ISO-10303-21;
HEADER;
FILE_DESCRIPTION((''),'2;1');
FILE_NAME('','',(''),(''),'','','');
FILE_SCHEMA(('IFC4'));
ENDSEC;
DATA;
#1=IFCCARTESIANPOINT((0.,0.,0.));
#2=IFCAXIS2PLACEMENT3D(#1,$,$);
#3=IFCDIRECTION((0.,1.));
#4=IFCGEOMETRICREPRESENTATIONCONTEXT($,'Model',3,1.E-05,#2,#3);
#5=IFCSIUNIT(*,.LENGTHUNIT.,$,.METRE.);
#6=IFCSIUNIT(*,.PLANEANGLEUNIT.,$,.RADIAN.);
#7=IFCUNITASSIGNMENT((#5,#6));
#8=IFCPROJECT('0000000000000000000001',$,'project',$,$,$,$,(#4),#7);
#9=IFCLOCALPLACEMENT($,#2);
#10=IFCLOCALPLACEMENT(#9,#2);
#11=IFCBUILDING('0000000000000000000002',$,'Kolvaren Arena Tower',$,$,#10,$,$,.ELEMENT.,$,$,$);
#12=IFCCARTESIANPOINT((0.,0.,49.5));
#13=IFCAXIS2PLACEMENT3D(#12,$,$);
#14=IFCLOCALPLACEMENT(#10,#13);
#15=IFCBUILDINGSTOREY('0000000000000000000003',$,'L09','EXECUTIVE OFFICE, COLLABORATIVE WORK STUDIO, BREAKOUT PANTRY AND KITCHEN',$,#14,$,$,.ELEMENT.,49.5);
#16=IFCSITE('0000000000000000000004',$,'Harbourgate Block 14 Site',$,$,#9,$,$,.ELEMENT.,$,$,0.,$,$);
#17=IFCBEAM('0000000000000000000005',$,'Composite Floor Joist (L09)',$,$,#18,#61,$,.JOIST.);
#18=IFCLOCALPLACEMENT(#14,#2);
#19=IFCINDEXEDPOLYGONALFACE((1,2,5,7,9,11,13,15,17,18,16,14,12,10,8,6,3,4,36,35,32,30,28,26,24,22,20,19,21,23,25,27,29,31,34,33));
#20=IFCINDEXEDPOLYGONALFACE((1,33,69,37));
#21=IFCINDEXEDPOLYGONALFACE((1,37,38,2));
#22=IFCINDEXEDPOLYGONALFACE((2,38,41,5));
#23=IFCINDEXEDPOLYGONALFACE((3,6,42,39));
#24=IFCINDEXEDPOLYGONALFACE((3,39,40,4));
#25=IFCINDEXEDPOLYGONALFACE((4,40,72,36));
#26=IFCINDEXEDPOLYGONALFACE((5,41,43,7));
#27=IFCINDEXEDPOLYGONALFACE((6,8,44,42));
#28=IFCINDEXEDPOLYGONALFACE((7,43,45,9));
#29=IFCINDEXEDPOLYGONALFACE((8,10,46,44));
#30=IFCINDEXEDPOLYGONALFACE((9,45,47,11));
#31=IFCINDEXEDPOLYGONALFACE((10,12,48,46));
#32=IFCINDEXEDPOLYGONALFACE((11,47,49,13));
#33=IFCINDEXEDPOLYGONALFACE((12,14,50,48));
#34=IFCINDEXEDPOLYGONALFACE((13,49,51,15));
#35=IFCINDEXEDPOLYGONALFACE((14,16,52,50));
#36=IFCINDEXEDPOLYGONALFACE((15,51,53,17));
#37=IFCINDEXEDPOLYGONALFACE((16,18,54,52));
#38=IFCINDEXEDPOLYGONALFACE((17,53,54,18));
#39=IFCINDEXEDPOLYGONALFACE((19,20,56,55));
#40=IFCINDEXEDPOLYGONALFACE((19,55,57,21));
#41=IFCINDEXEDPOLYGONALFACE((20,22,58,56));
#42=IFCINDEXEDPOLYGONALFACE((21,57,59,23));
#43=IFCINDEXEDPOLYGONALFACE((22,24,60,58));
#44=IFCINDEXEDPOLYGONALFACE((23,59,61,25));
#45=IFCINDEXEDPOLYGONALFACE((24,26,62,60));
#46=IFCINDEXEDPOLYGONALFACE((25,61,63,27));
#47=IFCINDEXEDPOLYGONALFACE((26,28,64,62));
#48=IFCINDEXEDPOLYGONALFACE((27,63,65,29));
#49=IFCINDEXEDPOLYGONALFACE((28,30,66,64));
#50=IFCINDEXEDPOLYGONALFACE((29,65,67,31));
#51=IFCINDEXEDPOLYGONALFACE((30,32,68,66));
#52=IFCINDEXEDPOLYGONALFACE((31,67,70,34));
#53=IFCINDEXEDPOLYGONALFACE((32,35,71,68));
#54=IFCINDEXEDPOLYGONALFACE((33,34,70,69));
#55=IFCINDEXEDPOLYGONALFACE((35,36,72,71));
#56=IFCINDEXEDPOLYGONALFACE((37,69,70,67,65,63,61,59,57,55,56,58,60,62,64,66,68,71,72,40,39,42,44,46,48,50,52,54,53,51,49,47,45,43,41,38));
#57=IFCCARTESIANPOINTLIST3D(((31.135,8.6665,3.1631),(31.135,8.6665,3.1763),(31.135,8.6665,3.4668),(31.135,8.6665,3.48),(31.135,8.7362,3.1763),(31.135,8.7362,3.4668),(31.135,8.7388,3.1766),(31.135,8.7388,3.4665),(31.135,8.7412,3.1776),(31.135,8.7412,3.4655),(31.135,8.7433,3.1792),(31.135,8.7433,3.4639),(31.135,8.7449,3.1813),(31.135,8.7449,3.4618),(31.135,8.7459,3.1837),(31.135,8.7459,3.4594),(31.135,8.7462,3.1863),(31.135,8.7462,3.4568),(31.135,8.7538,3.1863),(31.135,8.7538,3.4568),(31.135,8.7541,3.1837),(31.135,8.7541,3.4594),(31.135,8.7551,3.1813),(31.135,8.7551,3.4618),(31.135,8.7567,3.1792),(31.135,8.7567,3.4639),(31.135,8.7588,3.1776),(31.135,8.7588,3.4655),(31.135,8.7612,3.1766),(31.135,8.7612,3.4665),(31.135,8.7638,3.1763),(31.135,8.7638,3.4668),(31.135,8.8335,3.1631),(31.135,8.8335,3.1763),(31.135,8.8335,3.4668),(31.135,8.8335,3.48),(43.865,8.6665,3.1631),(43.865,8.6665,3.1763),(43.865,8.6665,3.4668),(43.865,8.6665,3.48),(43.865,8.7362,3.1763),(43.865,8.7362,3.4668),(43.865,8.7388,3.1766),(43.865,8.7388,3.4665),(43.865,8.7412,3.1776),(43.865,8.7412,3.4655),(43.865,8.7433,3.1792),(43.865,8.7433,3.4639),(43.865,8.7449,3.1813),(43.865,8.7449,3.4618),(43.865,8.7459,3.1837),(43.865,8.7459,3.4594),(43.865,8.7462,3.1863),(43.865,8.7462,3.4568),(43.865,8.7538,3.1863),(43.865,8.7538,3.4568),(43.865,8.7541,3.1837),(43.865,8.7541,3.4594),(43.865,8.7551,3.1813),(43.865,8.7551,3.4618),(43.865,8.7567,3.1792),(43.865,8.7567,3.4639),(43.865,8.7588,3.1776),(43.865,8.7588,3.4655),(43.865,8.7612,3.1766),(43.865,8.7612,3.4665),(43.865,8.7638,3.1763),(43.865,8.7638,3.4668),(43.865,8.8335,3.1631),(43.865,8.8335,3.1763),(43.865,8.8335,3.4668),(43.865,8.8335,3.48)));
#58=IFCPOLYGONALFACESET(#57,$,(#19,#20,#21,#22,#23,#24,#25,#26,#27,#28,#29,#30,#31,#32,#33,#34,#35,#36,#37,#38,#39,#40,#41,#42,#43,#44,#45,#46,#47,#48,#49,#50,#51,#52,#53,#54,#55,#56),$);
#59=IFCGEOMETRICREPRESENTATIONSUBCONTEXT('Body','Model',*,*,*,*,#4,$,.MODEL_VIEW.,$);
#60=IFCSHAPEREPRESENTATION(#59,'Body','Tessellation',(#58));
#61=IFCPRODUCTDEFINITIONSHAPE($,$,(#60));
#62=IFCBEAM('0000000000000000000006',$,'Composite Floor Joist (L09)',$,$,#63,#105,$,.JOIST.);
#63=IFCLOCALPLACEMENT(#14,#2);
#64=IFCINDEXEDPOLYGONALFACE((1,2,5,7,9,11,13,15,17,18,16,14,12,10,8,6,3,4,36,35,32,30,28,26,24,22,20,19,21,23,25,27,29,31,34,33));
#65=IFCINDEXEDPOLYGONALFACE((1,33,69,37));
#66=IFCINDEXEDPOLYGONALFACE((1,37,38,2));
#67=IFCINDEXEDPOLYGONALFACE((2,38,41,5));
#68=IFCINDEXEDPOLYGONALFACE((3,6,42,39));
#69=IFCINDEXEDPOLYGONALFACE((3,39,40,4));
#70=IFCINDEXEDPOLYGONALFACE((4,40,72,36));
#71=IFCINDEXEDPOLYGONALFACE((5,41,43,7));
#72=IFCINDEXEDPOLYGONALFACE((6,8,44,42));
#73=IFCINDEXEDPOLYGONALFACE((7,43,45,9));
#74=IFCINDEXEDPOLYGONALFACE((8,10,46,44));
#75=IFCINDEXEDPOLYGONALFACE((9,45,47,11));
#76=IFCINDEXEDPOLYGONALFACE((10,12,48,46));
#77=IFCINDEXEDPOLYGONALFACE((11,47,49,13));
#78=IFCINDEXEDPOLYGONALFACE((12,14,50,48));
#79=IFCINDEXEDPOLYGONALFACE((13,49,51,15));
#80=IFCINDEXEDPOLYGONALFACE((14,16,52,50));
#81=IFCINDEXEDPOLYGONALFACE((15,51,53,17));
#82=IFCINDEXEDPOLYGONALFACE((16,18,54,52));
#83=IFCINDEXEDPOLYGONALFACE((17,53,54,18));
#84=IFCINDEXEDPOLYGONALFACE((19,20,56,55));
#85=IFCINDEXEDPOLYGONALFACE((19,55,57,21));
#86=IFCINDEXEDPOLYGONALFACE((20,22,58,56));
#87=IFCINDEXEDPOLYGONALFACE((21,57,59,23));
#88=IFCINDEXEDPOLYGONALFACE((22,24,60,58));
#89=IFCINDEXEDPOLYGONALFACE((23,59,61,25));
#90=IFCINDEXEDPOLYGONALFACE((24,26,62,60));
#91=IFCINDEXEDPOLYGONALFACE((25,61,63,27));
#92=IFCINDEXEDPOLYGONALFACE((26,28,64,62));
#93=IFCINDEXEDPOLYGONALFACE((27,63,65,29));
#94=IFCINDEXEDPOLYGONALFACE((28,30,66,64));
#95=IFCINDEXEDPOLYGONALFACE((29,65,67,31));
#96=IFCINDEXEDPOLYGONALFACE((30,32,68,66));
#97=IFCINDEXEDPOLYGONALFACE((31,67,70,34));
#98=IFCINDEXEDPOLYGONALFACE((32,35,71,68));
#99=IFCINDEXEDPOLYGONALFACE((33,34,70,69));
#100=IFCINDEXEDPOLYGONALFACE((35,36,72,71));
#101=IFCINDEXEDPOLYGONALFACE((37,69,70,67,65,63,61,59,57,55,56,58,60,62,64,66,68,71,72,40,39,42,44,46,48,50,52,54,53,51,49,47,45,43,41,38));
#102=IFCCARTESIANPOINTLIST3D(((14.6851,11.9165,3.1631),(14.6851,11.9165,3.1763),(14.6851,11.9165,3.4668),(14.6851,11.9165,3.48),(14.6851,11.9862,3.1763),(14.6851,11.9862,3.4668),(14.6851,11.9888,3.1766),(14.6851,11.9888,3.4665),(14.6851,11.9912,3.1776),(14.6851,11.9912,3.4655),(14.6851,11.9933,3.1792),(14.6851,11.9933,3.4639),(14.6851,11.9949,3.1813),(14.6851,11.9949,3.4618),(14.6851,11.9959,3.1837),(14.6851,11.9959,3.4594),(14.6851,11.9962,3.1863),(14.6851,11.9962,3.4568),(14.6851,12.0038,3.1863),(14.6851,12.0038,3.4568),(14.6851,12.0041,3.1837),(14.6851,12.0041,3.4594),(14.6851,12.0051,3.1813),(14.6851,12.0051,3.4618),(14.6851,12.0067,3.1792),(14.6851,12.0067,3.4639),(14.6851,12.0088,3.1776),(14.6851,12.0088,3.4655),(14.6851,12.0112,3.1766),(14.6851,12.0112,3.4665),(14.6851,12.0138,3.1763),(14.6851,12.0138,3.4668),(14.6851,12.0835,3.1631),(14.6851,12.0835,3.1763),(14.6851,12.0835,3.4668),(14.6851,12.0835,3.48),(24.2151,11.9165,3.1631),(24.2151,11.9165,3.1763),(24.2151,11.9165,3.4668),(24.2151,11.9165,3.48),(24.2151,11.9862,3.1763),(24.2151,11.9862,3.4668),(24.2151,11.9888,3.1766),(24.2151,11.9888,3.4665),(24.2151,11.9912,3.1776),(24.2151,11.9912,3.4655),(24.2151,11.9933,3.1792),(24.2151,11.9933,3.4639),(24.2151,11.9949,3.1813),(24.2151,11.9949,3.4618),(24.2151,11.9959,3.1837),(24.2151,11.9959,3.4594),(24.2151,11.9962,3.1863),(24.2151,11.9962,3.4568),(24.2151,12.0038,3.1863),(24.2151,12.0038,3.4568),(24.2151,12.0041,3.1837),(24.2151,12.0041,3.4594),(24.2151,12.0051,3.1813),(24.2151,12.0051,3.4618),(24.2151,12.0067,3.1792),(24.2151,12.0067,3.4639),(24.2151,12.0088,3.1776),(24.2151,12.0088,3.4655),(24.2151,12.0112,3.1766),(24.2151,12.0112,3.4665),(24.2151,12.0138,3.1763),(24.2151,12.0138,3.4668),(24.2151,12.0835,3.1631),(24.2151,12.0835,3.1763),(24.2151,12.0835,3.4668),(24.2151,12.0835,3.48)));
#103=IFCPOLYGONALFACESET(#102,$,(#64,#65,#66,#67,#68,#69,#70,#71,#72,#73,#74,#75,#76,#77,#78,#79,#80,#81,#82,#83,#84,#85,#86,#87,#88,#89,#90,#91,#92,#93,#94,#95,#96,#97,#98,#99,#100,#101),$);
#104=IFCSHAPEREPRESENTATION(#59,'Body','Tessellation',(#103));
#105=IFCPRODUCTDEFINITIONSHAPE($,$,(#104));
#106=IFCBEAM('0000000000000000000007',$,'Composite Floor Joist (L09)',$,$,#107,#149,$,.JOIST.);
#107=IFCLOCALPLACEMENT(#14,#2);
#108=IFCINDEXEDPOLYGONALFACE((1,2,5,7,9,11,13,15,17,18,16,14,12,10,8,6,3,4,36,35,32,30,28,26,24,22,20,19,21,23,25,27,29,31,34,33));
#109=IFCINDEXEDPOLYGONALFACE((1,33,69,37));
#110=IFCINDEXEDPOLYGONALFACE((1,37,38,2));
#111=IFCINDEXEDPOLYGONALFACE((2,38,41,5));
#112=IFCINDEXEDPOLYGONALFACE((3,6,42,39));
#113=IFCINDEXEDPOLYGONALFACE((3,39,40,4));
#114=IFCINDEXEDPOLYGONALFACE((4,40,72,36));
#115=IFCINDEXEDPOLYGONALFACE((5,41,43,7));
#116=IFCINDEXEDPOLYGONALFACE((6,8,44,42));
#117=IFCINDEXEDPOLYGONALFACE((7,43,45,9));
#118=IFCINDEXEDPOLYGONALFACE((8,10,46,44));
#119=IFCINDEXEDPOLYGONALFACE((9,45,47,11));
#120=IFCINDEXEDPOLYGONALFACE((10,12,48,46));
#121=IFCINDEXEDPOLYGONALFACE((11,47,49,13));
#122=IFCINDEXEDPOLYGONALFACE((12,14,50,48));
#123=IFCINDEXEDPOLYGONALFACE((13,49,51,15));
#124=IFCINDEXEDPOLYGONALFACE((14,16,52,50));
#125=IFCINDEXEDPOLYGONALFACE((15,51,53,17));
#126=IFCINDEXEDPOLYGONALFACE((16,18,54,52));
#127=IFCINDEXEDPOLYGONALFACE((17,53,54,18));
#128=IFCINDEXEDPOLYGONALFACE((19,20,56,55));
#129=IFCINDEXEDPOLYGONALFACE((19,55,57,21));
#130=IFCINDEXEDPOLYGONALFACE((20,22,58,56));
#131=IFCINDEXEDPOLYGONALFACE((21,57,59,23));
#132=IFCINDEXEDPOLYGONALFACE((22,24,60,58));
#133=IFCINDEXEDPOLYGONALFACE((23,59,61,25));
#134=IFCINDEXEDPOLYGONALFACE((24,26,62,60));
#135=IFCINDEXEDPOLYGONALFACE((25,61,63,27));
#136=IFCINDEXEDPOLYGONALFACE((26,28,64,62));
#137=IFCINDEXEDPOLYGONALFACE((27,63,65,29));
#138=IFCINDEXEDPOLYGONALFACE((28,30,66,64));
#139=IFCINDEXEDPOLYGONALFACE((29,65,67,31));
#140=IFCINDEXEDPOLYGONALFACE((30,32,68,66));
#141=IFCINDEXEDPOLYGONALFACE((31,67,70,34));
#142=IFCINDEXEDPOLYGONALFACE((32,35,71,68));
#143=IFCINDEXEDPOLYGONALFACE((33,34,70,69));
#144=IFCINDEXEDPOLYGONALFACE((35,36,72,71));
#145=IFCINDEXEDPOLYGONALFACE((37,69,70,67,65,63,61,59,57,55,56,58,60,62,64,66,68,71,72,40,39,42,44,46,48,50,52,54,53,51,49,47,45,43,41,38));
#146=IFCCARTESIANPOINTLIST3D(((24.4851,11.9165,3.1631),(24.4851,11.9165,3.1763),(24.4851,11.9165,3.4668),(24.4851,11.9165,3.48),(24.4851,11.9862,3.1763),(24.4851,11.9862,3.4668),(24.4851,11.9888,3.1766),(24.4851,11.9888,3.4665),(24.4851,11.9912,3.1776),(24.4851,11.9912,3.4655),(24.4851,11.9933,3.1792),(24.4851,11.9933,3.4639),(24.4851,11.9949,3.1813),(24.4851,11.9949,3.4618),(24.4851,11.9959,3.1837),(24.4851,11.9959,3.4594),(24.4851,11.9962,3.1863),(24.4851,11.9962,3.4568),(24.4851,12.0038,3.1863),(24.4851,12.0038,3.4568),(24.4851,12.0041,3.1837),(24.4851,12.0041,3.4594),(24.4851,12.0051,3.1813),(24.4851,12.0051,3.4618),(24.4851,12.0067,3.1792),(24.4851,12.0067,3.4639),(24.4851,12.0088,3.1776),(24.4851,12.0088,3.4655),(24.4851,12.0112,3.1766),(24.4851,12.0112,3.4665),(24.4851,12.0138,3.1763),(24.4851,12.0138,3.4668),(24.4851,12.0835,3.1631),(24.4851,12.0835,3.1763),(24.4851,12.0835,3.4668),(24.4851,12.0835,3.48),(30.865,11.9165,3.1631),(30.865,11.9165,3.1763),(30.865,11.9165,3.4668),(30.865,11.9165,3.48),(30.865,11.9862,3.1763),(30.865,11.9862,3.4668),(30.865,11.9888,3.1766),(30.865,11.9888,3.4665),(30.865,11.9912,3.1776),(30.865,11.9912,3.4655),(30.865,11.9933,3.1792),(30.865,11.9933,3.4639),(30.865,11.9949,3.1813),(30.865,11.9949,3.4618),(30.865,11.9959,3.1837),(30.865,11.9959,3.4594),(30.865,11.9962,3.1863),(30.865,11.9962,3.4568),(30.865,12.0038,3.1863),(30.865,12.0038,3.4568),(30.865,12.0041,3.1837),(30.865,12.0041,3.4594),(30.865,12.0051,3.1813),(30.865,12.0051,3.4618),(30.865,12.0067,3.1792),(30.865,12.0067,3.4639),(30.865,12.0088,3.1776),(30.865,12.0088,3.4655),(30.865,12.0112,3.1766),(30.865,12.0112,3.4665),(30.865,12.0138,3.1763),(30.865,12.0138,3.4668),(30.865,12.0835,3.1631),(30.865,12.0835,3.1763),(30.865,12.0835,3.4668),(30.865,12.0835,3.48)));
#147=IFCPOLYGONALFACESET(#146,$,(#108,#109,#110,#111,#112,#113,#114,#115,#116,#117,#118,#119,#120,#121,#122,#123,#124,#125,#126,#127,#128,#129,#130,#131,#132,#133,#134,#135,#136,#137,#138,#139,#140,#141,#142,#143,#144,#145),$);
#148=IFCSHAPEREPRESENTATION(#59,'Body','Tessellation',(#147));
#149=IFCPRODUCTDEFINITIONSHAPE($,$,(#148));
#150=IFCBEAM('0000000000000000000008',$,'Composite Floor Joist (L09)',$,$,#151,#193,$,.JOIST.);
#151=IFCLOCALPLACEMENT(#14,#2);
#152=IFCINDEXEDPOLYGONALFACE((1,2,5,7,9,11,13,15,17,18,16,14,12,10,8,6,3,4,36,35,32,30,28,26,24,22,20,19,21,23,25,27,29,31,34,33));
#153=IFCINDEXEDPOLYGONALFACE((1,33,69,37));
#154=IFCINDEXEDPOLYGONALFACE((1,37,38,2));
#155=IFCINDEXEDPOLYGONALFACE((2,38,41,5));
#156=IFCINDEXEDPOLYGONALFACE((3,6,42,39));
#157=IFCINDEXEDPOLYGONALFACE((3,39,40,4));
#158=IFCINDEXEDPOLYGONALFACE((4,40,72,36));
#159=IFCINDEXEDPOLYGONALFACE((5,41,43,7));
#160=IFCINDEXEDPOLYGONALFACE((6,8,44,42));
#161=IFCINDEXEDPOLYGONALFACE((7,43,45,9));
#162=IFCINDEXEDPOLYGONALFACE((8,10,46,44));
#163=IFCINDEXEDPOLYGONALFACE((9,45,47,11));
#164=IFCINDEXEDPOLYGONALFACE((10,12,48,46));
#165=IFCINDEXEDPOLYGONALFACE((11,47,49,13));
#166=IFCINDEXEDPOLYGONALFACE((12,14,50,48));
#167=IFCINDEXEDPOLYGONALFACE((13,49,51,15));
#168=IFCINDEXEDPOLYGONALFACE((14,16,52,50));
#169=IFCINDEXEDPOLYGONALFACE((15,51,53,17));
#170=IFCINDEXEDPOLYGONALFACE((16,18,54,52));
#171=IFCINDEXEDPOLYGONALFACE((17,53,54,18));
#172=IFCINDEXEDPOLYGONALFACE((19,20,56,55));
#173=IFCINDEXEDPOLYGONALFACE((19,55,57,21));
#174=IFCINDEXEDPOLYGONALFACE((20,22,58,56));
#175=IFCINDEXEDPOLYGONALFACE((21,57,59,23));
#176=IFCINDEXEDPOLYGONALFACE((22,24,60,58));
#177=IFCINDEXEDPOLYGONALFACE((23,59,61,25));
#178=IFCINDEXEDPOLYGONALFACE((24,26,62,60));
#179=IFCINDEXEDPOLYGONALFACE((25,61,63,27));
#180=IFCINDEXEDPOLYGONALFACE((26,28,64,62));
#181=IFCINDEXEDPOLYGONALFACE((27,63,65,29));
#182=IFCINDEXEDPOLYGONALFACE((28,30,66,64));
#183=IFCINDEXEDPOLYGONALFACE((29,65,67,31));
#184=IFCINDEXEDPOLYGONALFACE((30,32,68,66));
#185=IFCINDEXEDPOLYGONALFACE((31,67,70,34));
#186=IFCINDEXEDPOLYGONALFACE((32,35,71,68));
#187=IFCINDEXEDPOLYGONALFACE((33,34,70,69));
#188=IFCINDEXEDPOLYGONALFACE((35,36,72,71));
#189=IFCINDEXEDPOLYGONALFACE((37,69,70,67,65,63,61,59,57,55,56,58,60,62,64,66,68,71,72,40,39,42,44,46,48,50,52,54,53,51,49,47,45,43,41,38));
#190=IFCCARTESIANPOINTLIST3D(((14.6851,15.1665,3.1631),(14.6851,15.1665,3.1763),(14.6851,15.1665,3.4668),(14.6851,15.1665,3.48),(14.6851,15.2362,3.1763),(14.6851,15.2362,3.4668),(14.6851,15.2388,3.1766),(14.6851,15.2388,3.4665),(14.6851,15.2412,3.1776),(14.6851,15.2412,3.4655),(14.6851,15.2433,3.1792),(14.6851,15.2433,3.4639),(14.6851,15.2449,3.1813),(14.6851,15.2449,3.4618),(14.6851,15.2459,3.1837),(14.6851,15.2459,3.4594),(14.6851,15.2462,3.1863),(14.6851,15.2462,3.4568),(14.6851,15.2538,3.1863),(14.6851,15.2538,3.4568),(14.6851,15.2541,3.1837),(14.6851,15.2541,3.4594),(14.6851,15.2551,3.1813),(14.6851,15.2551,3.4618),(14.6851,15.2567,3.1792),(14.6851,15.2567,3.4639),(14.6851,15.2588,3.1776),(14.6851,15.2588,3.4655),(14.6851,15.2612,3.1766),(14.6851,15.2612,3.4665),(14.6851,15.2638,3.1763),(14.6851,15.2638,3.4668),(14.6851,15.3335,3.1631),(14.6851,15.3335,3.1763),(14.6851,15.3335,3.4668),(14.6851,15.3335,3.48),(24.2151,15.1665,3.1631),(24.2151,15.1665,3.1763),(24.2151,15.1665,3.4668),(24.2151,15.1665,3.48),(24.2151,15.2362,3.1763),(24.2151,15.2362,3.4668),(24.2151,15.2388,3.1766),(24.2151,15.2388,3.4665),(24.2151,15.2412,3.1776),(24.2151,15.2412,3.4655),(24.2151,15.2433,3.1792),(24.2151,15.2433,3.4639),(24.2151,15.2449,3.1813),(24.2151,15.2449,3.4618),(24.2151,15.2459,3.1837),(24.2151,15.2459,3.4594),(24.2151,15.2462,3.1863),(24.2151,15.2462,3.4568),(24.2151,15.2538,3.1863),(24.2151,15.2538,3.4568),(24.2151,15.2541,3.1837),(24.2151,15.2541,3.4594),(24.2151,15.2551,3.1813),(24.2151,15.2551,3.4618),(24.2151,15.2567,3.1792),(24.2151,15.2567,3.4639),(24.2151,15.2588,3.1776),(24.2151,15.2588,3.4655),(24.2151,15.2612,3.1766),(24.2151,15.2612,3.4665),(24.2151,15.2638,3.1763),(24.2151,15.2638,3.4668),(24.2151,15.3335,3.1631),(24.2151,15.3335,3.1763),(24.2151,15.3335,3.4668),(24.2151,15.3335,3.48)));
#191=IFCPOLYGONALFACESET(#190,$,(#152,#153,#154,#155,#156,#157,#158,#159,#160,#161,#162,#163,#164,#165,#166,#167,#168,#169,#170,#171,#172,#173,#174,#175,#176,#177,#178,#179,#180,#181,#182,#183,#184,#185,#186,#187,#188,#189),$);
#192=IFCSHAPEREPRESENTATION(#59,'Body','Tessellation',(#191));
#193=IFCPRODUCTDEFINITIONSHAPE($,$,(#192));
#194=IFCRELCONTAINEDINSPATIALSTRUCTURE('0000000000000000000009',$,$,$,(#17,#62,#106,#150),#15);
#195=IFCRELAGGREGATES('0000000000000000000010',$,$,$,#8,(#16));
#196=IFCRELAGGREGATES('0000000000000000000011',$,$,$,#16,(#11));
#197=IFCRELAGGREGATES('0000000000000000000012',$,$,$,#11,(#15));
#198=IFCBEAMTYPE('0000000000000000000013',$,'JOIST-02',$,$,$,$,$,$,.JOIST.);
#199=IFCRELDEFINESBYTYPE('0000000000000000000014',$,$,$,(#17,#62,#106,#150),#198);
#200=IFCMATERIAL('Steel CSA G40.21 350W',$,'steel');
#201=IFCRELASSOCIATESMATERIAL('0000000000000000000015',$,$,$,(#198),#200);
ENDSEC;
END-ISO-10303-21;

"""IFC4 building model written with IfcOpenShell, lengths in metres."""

from ifc_helpers import new_model, si_unit, direction, frame, origin, origin_2d, place, context, subcontext, project, spatial, i_section, extrude, material, material_profile, profile_set, type_object, element, save


model = new_model("IFC4")

# Units and contexts
model_context = context("Model", 3, precision=1e-05, world=origin(), true_north=direction((0.0, 1.0)))
body_context = subcontext(model_context, "Body", "Model", "MODEL_VIEW")
ifc_project = project(units=[si_unit("LENGTHUNIT", "METRE"), si_unit("PLANEANGLEUNIT", "RADIAN")], contexts=[model_context])

# Site, building, storey
site_placement = place(None, origin())
site = spatial("IfcSite", under=ifc_project, at=site_placement, Name="Harbourgate Block 14 Site", CompositionType="ELEMENT", RefElevation=0.0)
building_placement = place(site_placement, origin())
building = spatial("IfcBuilding", under=site, at=building_placement, Name="Kolvaren Arena Tower", CompositionType="ELEMENT")
storey_placement = place(building_placement, frame((0.0, 0.0, 49.5)))
storey = spatial("IfcBuildingStorey", under=building, at=storey_placement, Name="L09", Description="EXECUTIVE OFFICE, COLLABORATIVE WORK STUDIO, BREAKOUT PANTRY AND KITCHEN", CompositionType="ELEMENT", Elevation=49.5)

# Beams
ifc_material_1 = material(Name="Steel CSA G40.21 350W", Category="steel")
ifc_material_profile_1 = material_profile(ifc_material_1, i_section(OverallWidth=0.167, OverallDepth=0.3169, WebThickness=0.0076, FlangeThickness=0.0132, FilletRadius=0.01, at=origin_2d()), Name="W310x52")
ifc_profile_set_1 = profile_set([ifc_material_profile_1], Name="Steel CSA G40.21 350W")
beam_type_1 = type_object("IfcBeamType", Name="JOIST-02", PredefinedType="JOIST", material=ifc_profile_set_1)
beam_1_placement = place(storey_placement, frame((31.135, 8.75, 3.3215), z_axis=(1.0, 0.0, 0.0), x_axis=(0.0, 1.0, 0.0)))
element("IfcBeam", 1, at=beam_1_placement, inside=storey, type_object=beam_type_1, Name="Composite Floor Joist (L09)", PredefinedType="JOIST", context=body_context, shape_type="SweptSolid", body=[
    extrude(i_section(OverallWidth=0.167, OverallDepth=0.3169, WebThickness=0.0076, FlangeThickness=0.0132, FilletRadius=0.01, at=origin_2d()), origin(), (0.0, 0.0, 1.0), 12.73),
])
beam_2_placement = place(storey_placement, frame((14.6851, 12.0, 3.3215), z_axis=(1.0, 0.0, 0.0), x_axis=(0.0, 1.0, 0.0)))
element("IfcBeam", 2, at=beam_2_placement, inside=storey, type_object=beam_type_1, Name="Composite Floor Joist (L09)", PredefinedType="JOIST", context=body_context, shape_type="SweptSolid", body=[
    extrude(i_section(OverallWidth=0.167, OverallDepth=0.3169, WebThickness=0.0076, FlangeThickness=0.0132, FilletRadius=0.01, at=origin_2d()), origin(), (0.0, 0.0, 1.0), 9.53),
])
beam_3_placement = place(storey_placement, frame((24.4851, 12.0, 3.3215), z_axis=(1.0, 0.0, 0.0), x_axis=(0.0, 1.0, 0.0)))
element("IfcBeam", 3, at=beam_3_placement, inside=storey, type_object=beam_type_1, Name="Composite Floor Joist (L09)", PredefinedType="JOIST", context=body_context, shape_type="SweptSolid", body=[
    extrude(i_section(OverallWidth=0.167, OverallDepth=0.3169, WebThickness=0.0076, FlangeThickness=0.0132, FilletRadius=0.01, at=origin_2d()), origin(), (0.0, 0.0, 1.0), 6.3799),
])
beam_4_placement = place(storey_placement, frame((14.6851, 15.25, 3.3215), z_axis=(1.0, 0.0, 0.0), x_axis=(0.0, 1.0, 0.0)))
element("IfcBeam", 4, at=beam_4_placement, inside=storey, type_object=beam_type_1, Name="Composite Floor Joist (L09)", PredefinedType="JOIST", context=body_context, shape_type="SweptSolid", body=[
    extrude(i_section(OverallWidth=0.167, OverallDepth=0.3169, WebThickness=0.0076, FlangeThickness=0.0132, FilletRadius=0.01, at=origin_2d()), origin(), (0.0, 0.0, 1.0), 9.53),
])

save(model, "model.ifc")
